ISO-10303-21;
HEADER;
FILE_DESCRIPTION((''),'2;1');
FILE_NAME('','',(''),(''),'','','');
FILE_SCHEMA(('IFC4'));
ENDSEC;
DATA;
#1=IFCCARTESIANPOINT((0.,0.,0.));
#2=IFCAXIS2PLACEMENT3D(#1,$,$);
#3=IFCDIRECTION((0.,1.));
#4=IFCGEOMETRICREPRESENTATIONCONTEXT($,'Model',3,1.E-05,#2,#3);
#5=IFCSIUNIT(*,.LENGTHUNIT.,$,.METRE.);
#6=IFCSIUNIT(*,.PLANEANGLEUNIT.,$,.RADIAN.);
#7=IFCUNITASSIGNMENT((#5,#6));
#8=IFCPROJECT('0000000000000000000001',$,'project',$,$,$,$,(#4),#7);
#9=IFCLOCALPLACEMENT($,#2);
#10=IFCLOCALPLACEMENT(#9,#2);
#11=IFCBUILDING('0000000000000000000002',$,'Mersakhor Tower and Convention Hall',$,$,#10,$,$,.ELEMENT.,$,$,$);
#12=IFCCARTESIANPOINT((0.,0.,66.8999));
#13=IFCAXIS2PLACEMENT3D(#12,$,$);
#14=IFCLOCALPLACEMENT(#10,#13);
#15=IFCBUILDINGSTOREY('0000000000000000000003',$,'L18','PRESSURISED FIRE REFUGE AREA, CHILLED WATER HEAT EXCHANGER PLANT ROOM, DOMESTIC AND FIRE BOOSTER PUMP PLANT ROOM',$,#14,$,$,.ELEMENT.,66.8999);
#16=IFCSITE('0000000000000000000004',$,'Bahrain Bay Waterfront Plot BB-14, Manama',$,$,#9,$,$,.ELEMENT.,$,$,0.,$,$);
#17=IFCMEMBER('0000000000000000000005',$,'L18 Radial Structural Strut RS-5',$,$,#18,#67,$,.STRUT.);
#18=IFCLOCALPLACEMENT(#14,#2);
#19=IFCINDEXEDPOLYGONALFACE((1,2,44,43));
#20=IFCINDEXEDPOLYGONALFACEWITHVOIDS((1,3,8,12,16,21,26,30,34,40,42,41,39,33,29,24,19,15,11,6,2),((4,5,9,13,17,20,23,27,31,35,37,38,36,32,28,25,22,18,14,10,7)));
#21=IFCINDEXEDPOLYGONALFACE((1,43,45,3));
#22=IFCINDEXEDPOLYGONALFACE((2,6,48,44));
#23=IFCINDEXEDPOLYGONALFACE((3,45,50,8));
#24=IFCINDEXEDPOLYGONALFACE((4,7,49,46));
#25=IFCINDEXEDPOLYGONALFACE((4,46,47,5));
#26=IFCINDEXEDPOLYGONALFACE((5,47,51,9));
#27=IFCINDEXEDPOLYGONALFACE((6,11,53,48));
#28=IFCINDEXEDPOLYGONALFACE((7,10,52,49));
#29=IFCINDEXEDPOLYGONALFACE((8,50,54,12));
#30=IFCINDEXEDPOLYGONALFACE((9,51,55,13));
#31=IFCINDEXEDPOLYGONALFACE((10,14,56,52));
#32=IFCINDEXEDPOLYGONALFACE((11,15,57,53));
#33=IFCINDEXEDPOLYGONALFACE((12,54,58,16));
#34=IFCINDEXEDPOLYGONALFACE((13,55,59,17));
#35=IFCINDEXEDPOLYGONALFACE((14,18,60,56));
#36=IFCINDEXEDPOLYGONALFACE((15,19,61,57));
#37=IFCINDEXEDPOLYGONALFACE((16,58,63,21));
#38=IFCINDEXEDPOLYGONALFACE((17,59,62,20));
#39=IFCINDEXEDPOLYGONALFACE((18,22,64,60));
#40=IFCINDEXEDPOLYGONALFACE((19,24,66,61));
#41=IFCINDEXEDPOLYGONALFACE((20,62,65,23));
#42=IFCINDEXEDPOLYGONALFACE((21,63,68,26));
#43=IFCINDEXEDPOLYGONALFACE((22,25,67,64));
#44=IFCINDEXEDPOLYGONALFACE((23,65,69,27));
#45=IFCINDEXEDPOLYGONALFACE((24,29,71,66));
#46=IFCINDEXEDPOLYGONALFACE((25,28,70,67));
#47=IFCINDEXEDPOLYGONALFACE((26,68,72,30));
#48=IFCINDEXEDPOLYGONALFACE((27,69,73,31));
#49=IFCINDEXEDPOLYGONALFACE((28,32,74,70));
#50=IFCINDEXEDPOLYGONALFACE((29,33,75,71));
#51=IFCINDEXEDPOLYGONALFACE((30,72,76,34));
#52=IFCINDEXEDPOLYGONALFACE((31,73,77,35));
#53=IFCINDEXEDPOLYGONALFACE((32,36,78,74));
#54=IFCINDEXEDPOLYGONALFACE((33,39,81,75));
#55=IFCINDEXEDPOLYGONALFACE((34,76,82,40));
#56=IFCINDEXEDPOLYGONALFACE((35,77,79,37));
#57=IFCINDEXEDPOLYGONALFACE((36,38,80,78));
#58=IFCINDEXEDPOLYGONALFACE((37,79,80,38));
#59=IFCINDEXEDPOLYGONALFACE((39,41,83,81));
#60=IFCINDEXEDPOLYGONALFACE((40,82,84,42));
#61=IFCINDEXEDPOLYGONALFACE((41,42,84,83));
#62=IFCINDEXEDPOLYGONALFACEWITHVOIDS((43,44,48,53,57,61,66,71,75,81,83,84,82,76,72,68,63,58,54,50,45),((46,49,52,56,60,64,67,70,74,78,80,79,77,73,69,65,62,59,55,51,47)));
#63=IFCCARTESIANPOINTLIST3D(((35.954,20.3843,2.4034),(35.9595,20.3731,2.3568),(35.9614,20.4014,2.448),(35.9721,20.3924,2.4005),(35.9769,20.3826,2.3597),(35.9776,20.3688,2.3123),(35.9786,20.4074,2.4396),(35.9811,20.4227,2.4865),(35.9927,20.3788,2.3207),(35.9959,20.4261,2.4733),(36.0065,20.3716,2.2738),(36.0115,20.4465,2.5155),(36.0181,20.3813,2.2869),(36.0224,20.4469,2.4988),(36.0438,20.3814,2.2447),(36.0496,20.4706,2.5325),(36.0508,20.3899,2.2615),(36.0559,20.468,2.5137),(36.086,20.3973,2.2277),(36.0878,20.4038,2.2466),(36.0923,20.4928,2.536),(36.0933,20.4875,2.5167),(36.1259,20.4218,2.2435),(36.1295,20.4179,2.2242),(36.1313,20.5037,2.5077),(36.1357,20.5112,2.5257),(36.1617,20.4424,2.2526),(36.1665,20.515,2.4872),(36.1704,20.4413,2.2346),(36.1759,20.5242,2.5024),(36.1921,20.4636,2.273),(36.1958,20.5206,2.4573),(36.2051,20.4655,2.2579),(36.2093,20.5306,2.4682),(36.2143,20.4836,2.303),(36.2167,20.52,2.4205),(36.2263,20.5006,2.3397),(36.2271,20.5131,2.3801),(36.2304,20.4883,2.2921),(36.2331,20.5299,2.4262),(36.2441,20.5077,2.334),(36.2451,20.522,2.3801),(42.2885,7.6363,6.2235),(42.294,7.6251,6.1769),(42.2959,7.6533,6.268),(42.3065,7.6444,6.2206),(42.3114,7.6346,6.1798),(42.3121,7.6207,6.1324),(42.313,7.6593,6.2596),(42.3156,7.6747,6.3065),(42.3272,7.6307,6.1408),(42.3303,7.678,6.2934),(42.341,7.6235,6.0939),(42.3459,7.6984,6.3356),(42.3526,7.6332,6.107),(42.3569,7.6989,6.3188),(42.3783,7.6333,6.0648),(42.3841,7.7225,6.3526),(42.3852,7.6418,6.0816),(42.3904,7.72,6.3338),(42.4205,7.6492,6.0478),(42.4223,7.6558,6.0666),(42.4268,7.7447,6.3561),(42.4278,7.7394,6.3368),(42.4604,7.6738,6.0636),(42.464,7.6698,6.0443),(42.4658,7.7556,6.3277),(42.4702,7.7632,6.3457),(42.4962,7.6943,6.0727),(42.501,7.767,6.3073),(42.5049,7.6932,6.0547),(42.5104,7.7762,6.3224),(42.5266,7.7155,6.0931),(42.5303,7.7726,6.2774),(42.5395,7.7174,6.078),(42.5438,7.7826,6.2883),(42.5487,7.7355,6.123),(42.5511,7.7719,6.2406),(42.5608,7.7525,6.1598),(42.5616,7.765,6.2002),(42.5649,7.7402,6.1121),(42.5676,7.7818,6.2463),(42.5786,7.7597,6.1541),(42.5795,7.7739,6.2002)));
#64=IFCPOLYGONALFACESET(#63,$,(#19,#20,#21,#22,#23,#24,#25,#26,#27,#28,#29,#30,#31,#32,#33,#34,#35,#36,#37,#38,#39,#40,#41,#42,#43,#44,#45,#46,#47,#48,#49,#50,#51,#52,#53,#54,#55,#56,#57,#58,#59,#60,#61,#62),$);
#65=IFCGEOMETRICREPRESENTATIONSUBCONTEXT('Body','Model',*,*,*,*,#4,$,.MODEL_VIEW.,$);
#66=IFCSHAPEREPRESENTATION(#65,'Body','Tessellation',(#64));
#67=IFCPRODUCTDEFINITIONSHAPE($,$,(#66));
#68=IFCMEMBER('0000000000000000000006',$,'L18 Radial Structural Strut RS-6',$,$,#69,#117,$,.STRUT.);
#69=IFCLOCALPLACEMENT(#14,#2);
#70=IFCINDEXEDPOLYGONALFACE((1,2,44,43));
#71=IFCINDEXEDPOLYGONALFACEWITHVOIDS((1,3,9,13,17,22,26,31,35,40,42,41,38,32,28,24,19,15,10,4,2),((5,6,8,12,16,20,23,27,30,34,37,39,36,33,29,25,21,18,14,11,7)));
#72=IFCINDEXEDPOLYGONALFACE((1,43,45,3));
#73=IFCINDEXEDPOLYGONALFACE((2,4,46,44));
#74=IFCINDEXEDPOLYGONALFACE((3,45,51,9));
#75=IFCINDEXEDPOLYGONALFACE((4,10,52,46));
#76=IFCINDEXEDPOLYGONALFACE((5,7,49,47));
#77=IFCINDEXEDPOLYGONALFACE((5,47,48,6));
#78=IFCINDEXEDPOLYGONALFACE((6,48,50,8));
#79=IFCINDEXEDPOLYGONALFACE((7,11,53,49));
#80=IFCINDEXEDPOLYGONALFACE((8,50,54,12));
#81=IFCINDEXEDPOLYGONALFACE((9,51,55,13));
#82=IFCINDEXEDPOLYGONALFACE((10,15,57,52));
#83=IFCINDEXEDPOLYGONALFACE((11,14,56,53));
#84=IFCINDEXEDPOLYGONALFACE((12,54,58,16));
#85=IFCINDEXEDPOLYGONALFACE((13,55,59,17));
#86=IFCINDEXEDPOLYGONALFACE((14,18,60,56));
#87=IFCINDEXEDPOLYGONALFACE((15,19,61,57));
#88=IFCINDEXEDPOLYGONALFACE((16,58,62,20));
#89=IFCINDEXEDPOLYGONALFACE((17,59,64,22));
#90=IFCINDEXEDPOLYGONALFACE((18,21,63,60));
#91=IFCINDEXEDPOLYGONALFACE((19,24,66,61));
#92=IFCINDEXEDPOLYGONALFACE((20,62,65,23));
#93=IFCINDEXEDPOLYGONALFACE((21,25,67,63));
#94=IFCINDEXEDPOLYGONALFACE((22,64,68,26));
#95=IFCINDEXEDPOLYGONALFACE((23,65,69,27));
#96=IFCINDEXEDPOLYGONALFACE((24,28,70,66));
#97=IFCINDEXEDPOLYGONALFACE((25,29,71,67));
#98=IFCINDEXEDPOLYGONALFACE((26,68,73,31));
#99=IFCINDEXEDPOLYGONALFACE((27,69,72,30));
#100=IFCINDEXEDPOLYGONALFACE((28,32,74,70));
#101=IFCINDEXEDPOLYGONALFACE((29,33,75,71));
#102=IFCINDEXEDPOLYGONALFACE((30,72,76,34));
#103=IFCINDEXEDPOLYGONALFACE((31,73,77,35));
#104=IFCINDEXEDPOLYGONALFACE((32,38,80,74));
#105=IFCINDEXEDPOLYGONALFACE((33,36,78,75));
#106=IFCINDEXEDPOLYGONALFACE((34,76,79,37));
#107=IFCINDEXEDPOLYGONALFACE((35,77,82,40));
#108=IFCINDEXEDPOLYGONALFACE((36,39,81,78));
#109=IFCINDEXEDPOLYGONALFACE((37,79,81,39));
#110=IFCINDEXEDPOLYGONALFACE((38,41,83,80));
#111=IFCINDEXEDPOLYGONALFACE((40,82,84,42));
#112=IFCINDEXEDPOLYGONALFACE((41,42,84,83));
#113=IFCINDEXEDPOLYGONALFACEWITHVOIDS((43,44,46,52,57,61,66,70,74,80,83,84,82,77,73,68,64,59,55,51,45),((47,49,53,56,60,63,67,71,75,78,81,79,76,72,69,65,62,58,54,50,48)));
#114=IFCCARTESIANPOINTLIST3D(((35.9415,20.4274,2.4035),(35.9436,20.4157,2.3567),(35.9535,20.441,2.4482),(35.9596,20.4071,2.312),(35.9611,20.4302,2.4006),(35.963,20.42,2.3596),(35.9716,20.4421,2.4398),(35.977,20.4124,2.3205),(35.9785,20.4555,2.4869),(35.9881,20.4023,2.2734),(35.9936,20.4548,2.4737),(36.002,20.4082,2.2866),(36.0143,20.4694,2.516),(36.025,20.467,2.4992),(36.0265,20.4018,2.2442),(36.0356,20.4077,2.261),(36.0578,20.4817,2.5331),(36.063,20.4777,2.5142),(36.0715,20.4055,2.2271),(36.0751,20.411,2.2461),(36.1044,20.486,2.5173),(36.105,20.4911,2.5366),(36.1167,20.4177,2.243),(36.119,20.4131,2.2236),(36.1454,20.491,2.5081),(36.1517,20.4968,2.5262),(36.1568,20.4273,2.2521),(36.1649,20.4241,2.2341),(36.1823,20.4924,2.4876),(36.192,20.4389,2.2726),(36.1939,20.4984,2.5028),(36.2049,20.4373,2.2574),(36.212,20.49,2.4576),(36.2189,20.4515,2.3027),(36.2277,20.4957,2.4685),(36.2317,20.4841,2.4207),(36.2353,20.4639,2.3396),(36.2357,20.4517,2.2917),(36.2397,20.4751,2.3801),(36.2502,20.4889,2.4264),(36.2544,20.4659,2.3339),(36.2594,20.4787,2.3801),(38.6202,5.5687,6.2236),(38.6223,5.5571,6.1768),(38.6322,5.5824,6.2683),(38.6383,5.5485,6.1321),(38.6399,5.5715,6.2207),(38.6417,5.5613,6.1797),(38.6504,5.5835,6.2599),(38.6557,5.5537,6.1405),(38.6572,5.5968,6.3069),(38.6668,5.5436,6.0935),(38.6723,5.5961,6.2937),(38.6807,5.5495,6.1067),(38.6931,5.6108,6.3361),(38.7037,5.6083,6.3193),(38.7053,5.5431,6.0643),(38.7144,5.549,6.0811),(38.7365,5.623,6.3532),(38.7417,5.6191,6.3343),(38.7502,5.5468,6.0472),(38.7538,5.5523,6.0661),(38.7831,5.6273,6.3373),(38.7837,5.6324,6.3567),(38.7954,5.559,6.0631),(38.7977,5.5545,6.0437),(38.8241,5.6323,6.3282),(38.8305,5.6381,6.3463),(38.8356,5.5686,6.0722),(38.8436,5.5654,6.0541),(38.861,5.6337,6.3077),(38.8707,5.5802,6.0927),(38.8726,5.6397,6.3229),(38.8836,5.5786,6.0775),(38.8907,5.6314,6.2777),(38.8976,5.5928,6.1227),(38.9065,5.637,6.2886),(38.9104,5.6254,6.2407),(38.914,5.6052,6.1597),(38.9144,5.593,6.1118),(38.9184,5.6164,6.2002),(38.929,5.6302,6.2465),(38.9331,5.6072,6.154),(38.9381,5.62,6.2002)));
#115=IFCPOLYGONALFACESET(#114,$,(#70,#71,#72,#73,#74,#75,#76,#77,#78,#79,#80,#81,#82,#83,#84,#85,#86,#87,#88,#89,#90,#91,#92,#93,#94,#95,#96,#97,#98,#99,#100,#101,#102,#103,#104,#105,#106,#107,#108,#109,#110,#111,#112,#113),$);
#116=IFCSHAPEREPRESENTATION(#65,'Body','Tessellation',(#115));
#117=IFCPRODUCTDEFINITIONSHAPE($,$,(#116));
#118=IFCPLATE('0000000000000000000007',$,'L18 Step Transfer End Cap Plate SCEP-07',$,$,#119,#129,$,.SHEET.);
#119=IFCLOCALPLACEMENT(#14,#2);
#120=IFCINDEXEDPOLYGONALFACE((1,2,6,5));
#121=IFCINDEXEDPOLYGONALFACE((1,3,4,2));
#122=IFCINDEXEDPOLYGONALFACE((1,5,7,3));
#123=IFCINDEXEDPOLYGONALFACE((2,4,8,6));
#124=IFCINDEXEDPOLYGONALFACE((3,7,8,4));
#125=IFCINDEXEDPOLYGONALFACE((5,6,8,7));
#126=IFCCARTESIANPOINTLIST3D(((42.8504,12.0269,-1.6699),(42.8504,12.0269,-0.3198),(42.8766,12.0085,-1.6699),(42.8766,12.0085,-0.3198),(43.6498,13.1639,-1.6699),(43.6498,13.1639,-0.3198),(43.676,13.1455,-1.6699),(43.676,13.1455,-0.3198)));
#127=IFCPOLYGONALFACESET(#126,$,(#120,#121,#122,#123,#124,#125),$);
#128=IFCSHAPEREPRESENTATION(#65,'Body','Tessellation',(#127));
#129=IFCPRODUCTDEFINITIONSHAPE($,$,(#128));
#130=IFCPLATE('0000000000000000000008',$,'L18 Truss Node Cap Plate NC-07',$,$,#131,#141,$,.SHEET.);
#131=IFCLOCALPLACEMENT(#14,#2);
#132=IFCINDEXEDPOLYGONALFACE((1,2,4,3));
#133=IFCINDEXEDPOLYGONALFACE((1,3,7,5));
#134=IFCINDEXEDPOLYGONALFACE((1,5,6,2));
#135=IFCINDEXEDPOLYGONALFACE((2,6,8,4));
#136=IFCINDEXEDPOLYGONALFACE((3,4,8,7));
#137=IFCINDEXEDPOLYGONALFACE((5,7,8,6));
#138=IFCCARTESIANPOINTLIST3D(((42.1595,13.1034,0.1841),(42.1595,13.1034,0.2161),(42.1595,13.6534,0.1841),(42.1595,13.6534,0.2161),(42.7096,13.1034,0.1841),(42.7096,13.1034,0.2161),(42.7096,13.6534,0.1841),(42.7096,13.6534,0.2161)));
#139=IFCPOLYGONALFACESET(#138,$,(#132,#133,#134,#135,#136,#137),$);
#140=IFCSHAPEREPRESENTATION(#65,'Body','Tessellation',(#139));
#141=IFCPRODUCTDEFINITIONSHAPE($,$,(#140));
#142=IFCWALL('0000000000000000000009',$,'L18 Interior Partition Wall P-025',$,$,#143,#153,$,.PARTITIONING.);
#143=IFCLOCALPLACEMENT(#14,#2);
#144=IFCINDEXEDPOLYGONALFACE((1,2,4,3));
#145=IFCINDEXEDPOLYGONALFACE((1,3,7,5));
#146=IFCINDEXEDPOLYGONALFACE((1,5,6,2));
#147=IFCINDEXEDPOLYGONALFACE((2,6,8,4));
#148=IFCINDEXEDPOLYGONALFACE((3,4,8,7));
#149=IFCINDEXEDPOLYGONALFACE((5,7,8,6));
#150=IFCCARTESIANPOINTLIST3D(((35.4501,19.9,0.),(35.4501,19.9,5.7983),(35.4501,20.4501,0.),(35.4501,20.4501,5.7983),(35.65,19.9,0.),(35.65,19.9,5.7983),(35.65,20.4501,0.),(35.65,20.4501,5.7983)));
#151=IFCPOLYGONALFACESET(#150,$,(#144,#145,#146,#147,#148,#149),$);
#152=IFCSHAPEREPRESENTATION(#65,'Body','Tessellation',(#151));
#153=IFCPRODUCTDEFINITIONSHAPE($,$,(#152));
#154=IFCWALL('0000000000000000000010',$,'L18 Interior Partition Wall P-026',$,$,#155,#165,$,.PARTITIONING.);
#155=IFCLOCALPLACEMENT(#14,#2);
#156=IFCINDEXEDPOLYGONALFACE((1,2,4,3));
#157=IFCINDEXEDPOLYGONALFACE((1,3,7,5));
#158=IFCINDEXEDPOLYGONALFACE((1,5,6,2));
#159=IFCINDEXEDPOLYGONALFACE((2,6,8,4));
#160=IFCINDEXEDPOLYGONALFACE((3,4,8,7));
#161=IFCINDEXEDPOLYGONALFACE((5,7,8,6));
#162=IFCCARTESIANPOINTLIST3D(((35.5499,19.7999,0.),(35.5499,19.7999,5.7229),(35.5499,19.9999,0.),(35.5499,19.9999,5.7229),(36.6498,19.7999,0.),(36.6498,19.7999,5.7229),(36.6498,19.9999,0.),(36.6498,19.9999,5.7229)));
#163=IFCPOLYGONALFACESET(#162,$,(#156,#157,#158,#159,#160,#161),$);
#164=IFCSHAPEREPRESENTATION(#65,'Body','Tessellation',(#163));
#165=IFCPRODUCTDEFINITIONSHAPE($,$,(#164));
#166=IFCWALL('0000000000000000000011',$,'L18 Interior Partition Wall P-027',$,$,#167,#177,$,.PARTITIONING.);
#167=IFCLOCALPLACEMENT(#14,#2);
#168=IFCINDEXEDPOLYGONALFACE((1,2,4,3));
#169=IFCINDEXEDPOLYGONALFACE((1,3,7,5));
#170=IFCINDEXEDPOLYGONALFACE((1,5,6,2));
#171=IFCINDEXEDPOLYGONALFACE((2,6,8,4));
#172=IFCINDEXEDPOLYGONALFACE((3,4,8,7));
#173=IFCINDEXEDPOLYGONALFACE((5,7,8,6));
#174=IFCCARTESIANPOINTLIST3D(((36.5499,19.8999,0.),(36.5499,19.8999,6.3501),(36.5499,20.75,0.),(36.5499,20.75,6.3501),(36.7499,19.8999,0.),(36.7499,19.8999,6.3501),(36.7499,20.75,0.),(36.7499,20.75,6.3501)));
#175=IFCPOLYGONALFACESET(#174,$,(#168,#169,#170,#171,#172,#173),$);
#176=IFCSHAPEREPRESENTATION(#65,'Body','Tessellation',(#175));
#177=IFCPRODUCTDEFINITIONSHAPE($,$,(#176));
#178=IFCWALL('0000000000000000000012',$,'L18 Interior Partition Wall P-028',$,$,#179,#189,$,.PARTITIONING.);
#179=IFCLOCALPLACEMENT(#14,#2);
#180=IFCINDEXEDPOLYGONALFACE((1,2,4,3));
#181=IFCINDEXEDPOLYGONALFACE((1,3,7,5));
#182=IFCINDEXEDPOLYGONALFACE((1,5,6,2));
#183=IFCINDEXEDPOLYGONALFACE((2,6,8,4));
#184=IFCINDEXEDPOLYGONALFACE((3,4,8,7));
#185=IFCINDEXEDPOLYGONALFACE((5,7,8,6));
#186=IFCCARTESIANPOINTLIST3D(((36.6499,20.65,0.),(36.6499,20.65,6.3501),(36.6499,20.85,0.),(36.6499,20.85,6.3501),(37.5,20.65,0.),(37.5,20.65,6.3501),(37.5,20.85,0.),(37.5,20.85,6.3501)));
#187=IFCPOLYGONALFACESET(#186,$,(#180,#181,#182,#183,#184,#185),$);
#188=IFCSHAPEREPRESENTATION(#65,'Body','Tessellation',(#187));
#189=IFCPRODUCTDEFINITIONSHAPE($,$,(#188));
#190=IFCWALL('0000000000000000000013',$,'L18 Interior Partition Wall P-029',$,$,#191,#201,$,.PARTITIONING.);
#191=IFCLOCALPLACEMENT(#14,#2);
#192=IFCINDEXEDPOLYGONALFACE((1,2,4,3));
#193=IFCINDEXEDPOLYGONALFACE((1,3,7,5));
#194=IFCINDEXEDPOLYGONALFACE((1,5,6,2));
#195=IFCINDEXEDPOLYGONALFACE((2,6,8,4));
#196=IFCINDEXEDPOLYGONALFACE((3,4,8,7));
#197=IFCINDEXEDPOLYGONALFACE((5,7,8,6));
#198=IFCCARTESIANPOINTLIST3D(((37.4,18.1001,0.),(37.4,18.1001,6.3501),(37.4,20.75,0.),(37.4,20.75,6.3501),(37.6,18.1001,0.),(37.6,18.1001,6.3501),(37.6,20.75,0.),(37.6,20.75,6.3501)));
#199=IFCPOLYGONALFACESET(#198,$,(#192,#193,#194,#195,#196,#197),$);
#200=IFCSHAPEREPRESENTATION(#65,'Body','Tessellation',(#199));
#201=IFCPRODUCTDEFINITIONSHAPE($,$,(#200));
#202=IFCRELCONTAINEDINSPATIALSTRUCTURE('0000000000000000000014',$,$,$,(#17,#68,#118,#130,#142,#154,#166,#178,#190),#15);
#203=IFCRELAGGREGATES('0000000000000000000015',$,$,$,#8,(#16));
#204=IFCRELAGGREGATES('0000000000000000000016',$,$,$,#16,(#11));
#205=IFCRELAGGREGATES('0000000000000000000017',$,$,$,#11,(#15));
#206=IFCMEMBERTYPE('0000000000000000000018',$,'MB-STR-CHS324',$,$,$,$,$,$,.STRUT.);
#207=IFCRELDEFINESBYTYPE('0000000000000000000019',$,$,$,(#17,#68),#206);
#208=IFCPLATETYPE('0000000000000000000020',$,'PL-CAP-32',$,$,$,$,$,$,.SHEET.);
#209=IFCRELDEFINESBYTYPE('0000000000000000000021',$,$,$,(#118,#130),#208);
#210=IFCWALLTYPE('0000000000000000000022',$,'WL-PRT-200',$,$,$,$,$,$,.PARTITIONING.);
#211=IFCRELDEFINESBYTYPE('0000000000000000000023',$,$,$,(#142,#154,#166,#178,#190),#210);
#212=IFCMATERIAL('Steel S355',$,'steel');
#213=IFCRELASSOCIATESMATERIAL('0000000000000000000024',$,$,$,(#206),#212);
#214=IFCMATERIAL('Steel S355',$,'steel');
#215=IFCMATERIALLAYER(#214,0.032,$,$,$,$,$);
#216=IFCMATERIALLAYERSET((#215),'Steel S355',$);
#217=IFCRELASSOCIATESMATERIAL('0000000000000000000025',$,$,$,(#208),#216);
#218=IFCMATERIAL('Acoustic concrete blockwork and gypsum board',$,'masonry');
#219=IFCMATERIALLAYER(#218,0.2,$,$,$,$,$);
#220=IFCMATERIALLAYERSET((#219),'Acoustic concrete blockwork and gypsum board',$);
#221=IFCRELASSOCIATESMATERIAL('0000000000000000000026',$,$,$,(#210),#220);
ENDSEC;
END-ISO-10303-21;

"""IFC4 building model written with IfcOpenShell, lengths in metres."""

from ifc_helpers import new_model, si_unit, direction, frame, frame_2d, origin, origin_2d, place, context, subcontext, project, spatial, rectangle, hollow_circle, extrude, material, layer, layer_set, material_profile, profile_set, type_object, element, save


model = new_model("IFC4")

# Units and contexts
model_context = context("Model", 3, precision=1e-05, world=origin(), true_north=direction((0.0, 1.0)))
body_context = subcontext(model_context, "Body", "Model", "MODEL_VIEW")
ifc_project = project(units=[si_unit("LENGTHUNIT", "METRE"), si_unit("PLANEANGLEUNIT", "RADIAN")], contexts=[model_context])

# Site, building, storey
site_placement = place(None, origin())
site = spatial("IfcSite", under=ifc_project, at=site_placement, Name="Bahrain Bay Waterfront Plot BB-14, Manama", CompositionType="ELEMENT", RefElevation=0.0)
building_placement = place(site_placement, origin())
building = spatial("IfcBuilding", under=site, at=building_placement, Name="Mersakhor Tower and Convention Hall", CompositionType="ELEMENT")
storey_placement = place(building_placement, frame((0.0, 0.0, 66.8999)))
storey = spatial("IfcBuildingStorey", under=building, at=storey_placement, Name="L18", Description="PRESSURISED FIRE REFUGE AREA, CHILLED WATER HEAT EXCHANGER PLANT ROOM, DOMESTIC AND FIRE BOOSTER PUMP PLANT ROOM", CompositionType="ELEMENT", Elevation=66.8999)

# Members
ifc_material_1 = material(Name="Steel S355", Category="steel")
ifc_material_profile_1 = material_profile(ifc_material_1, hollow_circle(Radius=0.1619, WallThickness=0.02, at=origin_2d()), Name="CHS 323.9x20")
ifc_profile_set_1 = profile_set([ifc_material_profile_1], Name="Steel S355")
member_type_1 = type_object("IfcMemberType", Name="MB-STR-CHS324", PredefinedType="STRUT", material=ifc_profile_set_1)
member_1_placement = place(storey_placement, frame((36.1001, 20.45, 2.3801), z_axis=(0.429783, -0.864933, 0.259185), x_axis=(0.895536, 0.444989, 0.0)))
element("IfcMember", 1, at=member_1_placement, inside=storey, type_object=member_type_1, Name="L18 Radial Structural Strut RS-5", PredefinedType="STRUT", context=body_context, shape_type="SweptSolid", body=[
    extrude(hollow_circle(Radius=0.1619, WallThickness=0.02, at=origin_2d()), origin(), (0.0, 0.0, 1.0), 14.7388),
])
member_2_placement = place(storey_placement, frame((36.1001, 20.45, 2.3801), z_axis=(0.172, -0.954071, 0.245286), x_axis=(0.984135, 0.17742, 0.0)))
element("IfcMember", 2, at=member_2_placement, inside=storey, type_object=member_type_1, Name="L18 Radial Structural Strut RS-6", PredefinedType="STRUT", context=body_context, shape_type="SweptSolid", body=[
    extrude(hollow_circle(Radius=0.1619, WallThickness=0.02, at=origin_2d()), origin(), (0.0, 0.0, 1.0), 15.574),
])

# Plates
ifc_material_2 = material(Name="Steel S355", Category="steel")
ifc_layer_1 = layer(ifc_material_2, 0.032)
ifc_layer_set_1 = layer_set([ifc_layer_1], Name="Steel S355")
plate_type = type_object("IfcPlateType", Name="PL-CAP-32", PredefinedType="SHEET", material=ifc_layer_set_1)
plate_1_placement = place(storey_placement, frame((43.2632, 12.5862, -1.6699), z_axis=(0.0, 0.0, 1.0), x_axis=(-0.818049, 0.575148, 0.0)))
element("IfcPlate", 3, at=plate_1_placement, inside=storey, type_object=plate_type, Name="L18 Step Transfer End Cap Plate SCEP-07", PredefinedType="SHEET", context=body_context, shape_type="SweptSolid", body=[
    extrude(rectangle(XDim=0.032, YDim=1.3899, at=origin_2d()), origin(), (0.0, 0.0, 1.0), 1.3501),
])
plate_2_placement = place(storey_placement, frame((42.4346, 13.3784, 0.1841), z_axis=(0.0, 0.0, 1.0), x_axis=(1.0, 0.0, 0.0)))
element("IfcPlate", 4, at=plate_2_placement, inside=storey, type_object=plate_type, Name="L18 Truss Node Cap Plate NC-07", PredefinedType="SHEET", context=body_context, shape_type="SweptSolid", body=[
    extrude(rectangle(XDim=0.55, YDim=0.55, at=origin_2d()), origin(), (0.0, 0.0, 1.0), 0.032),
])

# Walls
ifc_material_3 = material(Name="Acoustic concrete blockwork and gypsum board", Category="masonry")
ifc_layer_2 = layer(ifc_material_3, 0.2)
ifc_layer_set_2 = layer_set([ifc_layer_2], Name="Acoustic concrete blockwork and gypsum board")
wall_type_1 = type_object("IfcWallType", Name="WL-PRT-200", PredefinedType="PARTITIONING", material=ifc_layer_set_2)
wall_1_placement = place(storey_placement, frame((35.55, 20.45, 0.0), z_axis=(0.0, 0.0, 1.0), x_axis=(0.0, -1.0, 0.0)))
element("IfcWall", 5, at=wall_1_placement, inside=storey, type_object=wall_type_1, Name="L18 Interior Partition Wall P-025", PredefinedType="PARTITIONING", context=body_context, shape_type="SweptSolid", body=[
    extrude(rectangle(XDim=0.55, YDim=0.2, at=frame_2d((0.2749, 0.0))), origin(), (0.0, 0.0, 1.0), 5.7983),
])
wall_2_placement = place(storey_placement, frame((35.55, 19.8999, 0.0), z_axis=(0.0, 0.0, 1.0), x_axis=(1.0, 0.0, 0.0)))
element("IfcWall", 6, at=wall_2_placement, inside=storey, type_object=wall_type_1, Name="L18 Interior Partition Wall P-026", PredefinedType="PARTITIONING", context=body_context, shape_type="SweptSolid", body=[
    extrude(rectangle(XDim=1.0999, YDim=0.2, at=frame_2d((0.5498, 0.0))), origin(), (0.0, 0.0, 1.0), 5.7229),
])
for number, where, z_axis, x_axis, name in (
    (7, (36.6499, 19.8999, 0.0), (0.0, 0.0, 1.0), (0.0, 1.0, 0.0), "L18 Interior Partition Wall P-027"),
    (8, (36.6499, 20.75, 0.0), (0.0, 0.0, 1.0), (1.0, 0.0, 0.0), "L18 Interior Partition Wall P-028"),
):
    element("IfcWall", number, at=place(storey_placement, frame(where, z_axis=z_axis, x_axis=x_axis)), inside=storey, type_object=wall_type_1, Name=name, PredefinedType="PARTITIONING", context=body_context, shape_type="SweptSolid", body=[
        extrude(rectangle(XDim=0.8501, YDim=0.2, at=frame_2d((0.425, 0.0))), origin(), (0.0, 0.0, 1.0), 6.3501),
    ])
wall_3_placement = place(storey_placement, frame((37.5, 20.75, 0.0), z_axis=(0.0, 0.0, 1.0), x_axis=(0.0, -1.0, 0.0)))
element("IfcWall", 9, at=wall_3_placement, inside=storey, type_object=wall_type_1, Name="L18 Interior Partition Wall P-029", PredefinedType="PARTITIONING", context=body_context, shape_type="SweptSolid", body=[
    extrude(rectangle(XDim=2.6499, YDim=0.2, at=frame_2d((1.325, 0.0))), origin(), (0.0, 0.0, 1.0), 6.3501),
])

save(model, "model.ifc")
